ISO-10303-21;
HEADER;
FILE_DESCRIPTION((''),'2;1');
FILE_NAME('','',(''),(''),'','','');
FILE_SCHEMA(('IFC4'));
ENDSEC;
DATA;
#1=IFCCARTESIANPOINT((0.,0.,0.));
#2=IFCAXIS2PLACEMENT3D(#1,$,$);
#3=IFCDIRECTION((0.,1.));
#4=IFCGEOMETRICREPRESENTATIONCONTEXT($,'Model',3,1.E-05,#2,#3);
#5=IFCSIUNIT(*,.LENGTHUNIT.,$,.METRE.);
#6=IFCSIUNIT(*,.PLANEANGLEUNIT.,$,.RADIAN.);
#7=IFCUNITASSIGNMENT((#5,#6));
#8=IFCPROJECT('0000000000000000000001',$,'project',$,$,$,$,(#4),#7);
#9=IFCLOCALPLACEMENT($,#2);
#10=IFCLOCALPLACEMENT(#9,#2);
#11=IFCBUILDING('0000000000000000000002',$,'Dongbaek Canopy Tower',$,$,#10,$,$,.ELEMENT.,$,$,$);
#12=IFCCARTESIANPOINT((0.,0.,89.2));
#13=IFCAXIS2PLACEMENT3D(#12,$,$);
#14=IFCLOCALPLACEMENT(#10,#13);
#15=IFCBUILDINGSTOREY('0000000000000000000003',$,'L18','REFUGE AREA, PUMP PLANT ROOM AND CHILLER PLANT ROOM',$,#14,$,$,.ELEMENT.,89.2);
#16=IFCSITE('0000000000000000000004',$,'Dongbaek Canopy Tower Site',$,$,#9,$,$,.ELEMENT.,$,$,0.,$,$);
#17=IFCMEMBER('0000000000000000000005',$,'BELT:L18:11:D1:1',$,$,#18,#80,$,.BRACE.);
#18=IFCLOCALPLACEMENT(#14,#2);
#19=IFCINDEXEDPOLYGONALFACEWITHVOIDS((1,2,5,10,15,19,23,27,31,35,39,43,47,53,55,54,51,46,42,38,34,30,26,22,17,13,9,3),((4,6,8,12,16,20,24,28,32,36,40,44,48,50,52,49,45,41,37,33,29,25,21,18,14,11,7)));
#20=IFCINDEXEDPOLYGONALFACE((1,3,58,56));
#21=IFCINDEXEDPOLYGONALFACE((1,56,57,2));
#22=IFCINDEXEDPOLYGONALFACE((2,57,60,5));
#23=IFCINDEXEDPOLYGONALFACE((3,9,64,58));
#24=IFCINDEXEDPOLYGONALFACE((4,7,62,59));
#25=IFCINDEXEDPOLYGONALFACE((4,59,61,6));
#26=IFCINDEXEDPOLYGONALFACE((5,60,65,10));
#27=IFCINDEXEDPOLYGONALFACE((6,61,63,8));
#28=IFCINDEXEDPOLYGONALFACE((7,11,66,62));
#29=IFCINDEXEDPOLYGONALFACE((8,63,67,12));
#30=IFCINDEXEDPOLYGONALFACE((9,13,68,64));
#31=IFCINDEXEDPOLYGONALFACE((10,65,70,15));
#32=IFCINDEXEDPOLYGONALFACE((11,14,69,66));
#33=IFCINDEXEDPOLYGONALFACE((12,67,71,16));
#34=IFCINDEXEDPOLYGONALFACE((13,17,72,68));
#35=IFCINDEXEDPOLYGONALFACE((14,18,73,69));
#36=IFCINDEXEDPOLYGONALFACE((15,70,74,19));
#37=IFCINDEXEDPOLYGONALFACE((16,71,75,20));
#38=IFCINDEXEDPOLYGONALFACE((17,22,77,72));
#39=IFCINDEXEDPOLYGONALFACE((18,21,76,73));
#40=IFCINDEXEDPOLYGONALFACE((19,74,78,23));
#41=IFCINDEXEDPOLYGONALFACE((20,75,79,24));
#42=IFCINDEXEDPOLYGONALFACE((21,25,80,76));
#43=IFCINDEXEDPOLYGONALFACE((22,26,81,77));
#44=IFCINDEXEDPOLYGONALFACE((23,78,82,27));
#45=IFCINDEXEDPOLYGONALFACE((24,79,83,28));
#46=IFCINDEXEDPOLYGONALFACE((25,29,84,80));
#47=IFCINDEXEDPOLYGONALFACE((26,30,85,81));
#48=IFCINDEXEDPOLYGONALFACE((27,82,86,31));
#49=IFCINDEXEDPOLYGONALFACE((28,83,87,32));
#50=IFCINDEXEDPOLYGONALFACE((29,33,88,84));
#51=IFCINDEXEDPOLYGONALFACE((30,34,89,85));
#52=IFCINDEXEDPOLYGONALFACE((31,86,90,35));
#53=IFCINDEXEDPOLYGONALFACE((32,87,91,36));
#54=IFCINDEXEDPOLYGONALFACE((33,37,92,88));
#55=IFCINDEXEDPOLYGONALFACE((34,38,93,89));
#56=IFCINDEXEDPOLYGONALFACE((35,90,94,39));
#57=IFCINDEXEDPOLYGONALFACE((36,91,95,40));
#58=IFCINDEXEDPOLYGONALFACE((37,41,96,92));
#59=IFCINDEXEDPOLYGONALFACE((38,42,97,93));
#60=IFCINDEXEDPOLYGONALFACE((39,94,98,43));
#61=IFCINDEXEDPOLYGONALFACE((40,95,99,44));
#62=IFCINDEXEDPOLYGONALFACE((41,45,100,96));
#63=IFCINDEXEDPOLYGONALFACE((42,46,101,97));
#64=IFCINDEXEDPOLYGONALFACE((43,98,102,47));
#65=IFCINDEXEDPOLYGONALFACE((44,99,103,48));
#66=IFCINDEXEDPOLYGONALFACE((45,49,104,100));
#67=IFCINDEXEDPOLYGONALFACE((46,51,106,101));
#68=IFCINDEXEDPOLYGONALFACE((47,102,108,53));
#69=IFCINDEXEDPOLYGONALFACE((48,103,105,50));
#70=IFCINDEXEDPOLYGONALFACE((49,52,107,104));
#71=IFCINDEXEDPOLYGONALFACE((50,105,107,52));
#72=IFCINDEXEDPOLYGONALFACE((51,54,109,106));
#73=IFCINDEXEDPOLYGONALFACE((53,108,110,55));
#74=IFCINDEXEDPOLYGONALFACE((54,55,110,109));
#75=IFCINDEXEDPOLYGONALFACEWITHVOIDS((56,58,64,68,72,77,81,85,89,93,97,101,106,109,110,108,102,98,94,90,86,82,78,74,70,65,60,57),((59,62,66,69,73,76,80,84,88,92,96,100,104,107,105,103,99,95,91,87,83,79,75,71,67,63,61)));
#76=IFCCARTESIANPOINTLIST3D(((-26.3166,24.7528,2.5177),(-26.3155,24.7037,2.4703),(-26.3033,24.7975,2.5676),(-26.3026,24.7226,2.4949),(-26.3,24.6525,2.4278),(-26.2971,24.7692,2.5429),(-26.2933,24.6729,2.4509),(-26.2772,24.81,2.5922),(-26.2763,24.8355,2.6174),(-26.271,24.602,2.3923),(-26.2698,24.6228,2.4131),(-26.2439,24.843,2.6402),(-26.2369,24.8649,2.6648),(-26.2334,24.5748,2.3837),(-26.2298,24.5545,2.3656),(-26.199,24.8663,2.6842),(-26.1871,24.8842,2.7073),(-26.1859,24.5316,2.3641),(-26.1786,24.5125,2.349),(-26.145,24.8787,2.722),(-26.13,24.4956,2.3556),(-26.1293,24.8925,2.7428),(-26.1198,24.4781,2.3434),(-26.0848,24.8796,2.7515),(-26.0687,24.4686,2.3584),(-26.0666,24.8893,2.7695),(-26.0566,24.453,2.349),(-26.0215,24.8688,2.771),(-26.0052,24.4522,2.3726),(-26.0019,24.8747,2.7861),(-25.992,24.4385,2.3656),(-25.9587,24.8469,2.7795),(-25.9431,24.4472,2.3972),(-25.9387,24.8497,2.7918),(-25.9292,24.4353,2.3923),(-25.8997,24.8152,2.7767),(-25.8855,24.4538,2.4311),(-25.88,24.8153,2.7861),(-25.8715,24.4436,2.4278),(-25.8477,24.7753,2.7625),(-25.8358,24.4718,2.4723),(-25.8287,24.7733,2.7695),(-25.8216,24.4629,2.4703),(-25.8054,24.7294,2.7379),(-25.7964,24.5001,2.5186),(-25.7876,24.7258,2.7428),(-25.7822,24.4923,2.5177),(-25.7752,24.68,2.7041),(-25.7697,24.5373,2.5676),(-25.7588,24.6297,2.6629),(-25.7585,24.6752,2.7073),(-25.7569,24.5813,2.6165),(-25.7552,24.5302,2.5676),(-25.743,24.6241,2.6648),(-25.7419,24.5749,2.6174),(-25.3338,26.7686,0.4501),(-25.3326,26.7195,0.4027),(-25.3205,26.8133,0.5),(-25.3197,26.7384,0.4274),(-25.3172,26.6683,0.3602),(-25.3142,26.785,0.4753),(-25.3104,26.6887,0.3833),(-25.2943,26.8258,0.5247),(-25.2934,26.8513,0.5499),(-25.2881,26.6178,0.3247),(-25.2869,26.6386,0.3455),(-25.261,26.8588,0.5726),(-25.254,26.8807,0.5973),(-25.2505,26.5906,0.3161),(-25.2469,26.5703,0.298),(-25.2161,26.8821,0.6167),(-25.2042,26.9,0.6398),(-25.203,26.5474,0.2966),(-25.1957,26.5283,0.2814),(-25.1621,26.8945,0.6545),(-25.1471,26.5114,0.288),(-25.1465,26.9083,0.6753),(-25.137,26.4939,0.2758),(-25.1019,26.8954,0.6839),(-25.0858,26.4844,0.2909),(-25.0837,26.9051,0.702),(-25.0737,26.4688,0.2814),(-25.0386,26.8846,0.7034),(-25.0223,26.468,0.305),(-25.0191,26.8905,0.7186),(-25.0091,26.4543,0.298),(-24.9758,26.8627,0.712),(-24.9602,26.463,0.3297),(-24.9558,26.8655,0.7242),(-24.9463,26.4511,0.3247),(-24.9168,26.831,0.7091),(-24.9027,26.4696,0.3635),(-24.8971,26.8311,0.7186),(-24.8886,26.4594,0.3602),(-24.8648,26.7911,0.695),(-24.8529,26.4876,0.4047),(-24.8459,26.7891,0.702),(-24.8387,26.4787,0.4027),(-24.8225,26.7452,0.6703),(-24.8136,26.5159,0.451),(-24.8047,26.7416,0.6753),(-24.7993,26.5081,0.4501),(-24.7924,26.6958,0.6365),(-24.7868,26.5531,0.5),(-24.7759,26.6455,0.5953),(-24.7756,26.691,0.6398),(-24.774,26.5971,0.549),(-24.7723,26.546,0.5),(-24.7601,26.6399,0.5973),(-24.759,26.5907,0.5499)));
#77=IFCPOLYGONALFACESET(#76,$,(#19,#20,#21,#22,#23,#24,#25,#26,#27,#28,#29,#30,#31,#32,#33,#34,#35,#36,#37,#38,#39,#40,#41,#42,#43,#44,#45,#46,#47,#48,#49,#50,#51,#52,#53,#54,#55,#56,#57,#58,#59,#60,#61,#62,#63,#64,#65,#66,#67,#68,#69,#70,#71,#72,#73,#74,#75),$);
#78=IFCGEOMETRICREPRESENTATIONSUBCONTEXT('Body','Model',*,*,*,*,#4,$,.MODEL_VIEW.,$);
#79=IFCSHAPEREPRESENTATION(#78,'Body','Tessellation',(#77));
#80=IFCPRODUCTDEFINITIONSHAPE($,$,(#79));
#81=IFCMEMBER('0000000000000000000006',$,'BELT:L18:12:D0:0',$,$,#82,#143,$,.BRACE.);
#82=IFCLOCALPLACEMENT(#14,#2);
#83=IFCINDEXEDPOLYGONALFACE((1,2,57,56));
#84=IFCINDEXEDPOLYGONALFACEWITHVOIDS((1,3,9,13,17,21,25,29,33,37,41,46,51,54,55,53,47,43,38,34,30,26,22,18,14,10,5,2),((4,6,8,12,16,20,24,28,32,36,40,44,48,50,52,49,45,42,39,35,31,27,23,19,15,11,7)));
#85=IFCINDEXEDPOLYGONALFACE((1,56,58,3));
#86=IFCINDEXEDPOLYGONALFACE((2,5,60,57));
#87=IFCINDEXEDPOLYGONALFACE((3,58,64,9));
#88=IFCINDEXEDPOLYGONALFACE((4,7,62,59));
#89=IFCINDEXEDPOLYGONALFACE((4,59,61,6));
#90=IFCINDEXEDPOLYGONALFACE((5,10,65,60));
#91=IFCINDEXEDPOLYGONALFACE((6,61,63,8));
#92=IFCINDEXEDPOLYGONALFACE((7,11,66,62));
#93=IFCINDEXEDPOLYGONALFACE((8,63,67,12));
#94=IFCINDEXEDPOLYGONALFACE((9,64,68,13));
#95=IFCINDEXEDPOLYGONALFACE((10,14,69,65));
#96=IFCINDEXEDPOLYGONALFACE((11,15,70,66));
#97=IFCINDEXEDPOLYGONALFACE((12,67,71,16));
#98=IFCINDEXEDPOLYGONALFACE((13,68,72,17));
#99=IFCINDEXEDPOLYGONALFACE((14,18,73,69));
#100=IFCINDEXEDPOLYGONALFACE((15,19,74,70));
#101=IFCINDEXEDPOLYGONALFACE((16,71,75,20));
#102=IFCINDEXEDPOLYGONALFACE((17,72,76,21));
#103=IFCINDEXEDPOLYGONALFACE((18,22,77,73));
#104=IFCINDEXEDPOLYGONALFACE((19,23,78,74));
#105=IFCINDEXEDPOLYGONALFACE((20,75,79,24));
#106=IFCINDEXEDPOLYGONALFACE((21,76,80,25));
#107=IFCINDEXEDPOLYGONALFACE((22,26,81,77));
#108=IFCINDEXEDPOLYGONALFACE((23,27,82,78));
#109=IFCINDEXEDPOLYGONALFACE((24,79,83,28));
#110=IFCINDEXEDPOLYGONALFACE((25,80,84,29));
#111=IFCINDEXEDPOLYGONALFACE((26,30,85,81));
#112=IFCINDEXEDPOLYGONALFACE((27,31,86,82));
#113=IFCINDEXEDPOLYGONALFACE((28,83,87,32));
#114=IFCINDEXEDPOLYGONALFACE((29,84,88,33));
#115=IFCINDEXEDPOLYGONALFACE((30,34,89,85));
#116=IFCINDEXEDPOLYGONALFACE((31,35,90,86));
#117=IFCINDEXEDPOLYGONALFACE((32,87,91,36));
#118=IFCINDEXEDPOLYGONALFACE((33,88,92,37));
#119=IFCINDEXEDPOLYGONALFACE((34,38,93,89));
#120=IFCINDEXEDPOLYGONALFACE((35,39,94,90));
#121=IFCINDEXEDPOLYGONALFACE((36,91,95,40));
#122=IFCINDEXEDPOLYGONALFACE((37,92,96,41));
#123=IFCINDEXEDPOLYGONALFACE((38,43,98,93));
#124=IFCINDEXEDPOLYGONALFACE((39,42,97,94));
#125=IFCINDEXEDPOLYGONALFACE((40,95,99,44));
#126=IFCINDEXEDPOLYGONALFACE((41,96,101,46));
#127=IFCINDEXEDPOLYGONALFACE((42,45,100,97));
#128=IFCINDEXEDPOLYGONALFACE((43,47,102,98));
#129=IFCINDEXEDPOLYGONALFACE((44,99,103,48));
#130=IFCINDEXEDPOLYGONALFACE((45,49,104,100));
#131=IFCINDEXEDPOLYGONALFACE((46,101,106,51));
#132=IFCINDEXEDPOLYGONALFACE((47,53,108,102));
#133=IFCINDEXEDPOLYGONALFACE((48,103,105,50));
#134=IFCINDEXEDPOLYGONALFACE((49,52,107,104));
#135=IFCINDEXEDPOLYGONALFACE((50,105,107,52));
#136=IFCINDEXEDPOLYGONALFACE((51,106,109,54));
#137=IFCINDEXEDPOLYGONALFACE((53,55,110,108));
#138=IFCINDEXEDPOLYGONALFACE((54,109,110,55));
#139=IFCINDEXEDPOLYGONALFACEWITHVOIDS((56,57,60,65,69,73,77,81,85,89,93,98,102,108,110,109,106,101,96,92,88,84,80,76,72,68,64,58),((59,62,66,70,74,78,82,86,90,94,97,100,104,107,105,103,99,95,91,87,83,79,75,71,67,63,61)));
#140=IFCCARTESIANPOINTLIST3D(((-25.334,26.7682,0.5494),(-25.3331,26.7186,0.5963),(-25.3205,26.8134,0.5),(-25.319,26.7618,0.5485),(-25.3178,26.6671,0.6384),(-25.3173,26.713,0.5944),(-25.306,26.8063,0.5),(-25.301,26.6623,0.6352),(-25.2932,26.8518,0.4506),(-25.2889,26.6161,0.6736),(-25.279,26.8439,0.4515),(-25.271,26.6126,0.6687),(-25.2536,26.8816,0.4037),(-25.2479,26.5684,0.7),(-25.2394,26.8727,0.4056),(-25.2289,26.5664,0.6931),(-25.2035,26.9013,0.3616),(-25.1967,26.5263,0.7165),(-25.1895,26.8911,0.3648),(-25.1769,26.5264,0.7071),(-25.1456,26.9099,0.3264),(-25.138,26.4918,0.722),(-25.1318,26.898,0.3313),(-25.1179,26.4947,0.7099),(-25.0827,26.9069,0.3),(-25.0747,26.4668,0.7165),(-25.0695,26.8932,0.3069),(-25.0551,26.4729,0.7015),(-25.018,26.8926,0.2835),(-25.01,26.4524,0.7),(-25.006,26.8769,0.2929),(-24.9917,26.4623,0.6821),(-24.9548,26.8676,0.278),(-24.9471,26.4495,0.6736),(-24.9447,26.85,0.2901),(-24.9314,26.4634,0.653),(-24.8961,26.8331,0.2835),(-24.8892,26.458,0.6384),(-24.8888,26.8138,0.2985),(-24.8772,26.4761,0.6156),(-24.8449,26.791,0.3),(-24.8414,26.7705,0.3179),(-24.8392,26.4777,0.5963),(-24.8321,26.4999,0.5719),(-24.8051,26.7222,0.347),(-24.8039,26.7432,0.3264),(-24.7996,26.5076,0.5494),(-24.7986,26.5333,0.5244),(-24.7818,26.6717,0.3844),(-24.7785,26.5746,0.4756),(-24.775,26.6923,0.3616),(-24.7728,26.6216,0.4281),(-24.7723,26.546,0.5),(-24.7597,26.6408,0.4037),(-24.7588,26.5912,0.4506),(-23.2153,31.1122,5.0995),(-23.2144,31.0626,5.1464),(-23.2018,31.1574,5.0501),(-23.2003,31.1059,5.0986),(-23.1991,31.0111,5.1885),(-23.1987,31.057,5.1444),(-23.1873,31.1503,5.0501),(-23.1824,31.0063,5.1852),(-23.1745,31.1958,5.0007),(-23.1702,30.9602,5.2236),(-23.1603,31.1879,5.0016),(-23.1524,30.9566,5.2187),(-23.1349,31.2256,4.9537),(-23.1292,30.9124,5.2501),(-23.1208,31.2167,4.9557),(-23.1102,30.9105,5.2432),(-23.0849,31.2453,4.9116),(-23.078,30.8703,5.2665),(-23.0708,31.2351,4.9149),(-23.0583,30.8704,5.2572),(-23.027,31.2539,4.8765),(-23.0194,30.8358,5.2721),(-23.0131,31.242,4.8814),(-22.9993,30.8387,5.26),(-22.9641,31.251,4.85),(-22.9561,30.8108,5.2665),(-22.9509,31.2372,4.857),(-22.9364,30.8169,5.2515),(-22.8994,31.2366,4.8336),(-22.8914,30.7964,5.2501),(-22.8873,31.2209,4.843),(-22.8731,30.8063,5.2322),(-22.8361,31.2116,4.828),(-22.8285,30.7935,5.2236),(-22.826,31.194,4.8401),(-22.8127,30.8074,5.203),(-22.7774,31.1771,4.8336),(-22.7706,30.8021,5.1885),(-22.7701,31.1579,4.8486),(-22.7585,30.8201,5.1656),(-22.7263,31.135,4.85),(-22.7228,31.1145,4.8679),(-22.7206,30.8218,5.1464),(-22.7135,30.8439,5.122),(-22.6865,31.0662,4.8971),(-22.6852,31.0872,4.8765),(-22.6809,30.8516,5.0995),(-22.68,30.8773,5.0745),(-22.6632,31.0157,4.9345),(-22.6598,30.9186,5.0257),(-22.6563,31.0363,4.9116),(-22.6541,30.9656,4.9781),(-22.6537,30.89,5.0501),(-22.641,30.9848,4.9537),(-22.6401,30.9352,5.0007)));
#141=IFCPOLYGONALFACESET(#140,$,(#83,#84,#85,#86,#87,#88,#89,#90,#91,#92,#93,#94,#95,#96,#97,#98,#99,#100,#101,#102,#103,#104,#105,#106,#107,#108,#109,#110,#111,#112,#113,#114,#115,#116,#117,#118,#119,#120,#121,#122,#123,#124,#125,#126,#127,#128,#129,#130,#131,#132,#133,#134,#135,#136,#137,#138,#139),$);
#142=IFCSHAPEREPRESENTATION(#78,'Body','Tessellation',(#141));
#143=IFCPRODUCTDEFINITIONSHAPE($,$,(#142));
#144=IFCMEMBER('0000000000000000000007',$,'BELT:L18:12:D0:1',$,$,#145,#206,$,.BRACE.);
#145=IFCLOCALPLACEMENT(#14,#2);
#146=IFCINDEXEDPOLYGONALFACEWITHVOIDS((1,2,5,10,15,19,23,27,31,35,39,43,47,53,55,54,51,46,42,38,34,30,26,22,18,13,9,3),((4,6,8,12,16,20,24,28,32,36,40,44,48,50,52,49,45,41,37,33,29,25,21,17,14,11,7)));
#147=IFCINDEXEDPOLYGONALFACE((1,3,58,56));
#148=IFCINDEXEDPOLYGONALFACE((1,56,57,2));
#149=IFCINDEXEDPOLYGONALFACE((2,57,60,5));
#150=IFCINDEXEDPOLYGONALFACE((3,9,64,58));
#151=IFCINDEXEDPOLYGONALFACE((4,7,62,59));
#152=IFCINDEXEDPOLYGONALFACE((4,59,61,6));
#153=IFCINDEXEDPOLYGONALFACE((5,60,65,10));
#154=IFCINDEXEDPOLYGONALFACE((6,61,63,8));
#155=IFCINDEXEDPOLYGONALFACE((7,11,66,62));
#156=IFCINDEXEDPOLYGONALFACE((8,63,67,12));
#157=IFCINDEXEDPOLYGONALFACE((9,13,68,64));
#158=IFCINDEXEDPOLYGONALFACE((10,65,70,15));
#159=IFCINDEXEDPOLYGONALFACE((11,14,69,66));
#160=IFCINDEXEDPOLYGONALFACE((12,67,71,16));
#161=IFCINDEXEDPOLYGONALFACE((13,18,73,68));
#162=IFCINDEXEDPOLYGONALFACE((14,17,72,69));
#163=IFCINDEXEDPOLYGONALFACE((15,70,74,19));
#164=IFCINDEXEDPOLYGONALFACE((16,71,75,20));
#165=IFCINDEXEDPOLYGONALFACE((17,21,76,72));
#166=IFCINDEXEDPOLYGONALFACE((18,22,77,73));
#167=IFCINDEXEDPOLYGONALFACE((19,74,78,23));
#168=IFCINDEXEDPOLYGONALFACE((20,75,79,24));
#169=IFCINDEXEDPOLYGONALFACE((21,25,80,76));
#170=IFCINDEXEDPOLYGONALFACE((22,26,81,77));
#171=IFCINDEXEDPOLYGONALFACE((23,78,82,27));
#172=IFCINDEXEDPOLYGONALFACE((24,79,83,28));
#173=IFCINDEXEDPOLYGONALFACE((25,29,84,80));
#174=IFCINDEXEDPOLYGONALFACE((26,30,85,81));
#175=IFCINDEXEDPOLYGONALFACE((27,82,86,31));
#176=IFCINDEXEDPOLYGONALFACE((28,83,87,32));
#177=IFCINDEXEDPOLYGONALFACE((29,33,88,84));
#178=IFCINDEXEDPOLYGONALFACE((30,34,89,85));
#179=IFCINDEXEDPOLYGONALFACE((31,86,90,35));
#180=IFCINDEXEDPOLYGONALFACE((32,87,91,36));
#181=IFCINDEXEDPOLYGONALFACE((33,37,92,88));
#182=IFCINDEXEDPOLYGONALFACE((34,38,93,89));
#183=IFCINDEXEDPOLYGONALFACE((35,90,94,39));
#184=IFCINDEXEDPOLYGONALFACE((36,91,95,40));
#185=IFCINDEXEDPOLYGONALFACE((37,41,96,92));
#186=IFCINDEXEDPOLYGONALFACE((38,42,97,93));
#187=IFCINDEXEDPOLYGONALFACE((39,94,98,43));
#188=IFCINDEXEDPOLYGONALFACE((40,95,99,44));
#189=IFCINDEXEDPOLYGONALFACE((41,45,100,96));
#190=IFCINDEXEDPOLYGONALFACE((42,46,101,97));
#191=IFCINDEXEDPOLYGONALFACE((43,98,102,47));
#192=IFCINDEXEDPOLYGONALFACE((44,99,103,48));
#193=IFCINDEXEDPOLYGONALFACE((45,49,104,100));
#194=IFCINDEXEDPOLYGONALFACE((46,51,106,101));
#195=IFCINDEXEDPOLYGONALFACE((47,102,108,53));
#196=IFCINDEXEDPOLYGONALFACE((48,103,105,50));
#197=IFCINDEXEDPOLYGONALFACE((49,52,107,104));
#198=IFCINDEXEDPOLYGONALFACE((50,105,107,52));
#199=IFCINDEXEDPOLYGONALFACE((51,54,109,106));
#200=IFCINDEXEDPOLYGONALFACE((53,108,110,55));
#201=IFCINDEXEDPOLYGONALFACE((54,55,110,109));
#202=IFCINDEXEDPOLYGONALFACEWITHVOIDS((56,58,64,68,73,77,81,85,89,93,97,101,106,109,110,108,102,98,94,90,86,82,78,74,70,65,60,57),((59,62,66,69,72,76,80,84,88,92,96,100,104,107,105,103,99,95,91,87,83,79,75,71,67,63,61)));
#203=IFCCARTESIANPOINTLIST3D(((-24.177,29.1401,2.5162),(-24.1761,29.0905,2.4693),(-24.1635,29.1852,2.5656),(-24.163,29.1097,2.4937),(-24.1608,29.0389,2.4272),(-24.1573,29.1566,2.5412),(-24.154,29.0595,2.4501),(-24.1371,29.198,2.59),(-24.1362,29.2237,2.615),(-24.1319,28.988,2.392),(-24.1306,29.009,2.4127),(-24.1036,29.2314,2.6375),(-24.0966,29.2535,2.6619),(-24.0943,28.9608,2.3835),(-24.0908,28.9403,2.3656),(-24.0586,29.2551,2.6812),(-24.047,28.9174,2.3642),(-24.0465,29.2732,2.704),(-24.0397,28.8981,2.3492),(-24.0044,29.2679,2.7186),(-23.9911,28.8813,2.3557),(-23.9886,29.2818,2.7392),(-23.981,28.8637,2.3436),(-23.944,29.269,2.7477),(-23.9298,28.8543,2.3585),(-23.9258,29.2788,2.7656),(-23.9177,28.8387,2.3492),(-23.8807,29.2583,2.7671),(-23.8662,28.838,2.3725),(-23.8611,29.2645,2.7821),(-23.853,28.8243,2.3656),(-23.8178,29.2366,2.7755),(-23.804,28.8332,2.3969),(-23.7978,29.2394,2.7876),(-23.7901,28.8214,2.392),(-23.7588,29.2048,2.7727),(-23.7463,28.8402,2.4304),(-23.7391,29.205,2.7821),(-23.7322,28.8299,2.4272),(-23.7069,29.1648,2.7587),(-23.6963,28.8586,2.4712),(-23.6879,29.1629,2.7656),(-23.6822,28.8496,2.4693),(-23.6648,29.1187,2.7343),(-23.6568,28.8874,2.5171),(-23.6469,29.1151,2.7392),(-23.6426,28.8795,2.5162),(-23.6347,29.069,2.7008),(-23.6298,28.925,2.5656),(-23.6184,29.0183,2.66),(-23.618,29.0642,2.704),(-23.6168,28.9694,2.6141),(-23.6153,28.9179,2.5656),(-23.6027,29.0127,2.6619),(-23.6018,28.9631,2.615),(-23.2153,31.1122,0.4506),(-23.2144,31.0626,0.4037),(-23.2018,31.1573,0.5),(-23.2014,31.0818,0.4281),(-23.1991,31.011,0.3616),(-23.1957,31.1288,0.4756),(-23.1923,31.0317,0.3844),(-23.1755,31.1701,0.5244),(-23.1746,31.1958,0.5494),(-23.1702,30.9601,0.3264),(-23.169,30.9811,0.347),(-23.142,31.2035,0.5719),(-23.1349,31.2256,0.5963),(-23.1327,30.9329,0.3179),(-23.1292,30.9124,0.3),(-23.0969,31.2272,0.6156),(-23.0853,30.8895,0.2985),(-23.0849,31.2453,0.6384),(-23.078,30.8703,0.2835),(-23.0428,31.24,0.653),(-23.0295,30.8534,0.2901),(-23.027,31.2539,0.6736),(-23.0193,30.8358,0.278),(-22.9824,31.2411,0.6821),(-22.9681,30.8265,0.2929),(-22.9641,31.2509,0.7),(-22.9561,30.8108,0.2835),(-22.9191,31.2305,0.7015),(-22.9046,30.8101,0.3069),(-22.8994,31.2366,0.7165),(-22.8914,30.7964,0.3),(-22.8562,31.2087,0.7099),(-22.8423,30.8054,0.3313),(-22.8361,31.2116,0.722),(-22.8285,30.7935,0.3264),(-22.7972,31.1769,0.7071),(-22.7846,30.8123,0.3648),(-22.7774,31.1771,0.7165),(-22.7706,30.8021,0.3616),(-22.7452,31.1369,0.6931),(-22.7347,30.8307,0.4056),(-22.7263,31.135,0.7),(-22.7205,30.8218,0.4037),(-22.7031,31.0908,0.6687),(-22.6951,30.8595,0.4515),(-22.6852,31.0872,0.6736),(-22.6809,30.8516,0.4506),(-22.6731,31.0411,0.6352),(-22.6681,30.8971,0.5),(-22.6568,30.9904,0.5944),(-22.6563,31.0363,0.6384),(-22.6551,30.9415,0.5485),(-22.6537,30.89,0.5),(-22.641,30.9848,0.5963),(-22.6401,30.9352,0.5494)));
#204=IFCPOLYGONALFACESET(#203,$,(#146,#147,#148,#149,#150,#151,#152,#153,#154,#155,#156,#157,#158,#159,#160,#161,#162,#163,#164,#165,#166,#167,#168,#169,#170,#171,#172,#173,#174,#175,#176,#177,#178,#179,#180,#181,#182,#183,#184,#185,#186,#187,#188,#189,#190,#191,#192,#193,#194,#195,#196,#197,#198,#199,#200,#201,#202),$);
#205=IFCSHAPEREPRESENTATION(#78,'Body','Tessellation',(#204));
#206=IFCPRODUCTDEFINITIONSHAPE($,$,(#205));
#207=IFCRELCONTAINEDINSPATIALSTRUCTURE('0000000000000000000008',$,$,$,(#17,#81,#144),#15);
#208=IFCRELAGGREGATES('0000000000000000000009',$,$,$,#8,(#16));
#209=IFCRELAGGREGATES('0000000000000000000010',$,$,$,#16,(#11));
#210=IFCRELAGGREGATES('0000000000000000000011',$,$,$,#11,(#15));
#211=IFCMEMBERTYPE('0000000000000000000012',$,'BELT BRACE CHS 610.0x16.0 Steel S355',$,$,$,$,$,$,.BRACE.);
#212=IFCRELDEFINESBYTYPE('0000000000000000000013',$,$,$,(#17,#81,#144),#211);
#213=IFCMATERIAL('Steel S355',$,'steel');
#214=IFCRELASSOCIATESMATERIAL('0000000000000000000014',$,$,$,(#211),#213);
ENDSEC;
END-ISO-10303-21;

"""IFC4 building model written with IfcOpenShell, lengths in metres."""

from ifc_helpers import new_model, si_unit, direction, frame, origin, origin_2d, place, context, subcontext, project, spatial, hollow_circle, extrude, material, material_profile, profile_set, type_object, element, save


model = new_model("IFC4")

# Units and contexts
model_context = context("Model", 3, precision=1e-05, world=origin(), true_north=direction((0.0, 1.0)))
body_context = subcontext(model_context, "Body", "Model", "MODEL_VIEW")
ifc_project = project(units=[si_unit("LENGTHUNIT", "METRE"), si_unit("PLANEANGLEUNIT", "RADIAN")], contexts=[model_context])

# Site, building, storey
site_placement = place(None, origin())
site = spatial("IfcSite", under=ifc_project, at=site_placement, Name="Dongbaek Canopy Tower Site", CompositionType="ELEMENT", RefElevation=0.0)
building_placement = place(site_placement, origin())
building = spatial("IfcBuilding", under=site, at=building_placement, Name="Dongbaek Canopy Tower", CompositionType="ELEMENT")
storey_placement = place(building_placement, frame((0.0, 0.0, 89.2)))
storey = spatial("IfcBuildingStorey", under=building, at=storey_placement, Name="L18", Description="REFUGE AREA, PUMP PLANT ROOM AND CHILLER PLANT ROOM", CompositionType="ELEMENT", Elevation=89.2)

# Members
ifc_material_1 = material(Name="Steel S355", Category="steel")
ifc_material_profile_1 = material_profile(ifc_material_1, hollow_circle(Radius=0.3049, WallThickness=0.0161, at=origin_2d()), Name="BELT BRACE CHS 610.0x16.0 Steel S355")
ifc_profile_set_1 = profile_set([ifc_material_profile_1], Name="Steel S355")
member_type_1 = type_object("IfcMemberType", Name="BELT BRACE CHS 610.0x16.0 Steel S355", PredefinedType="BRACE", material=ifc_profile_set_1)
member_1_placement = place(storey_placement, frame((-25.0464, 26.6797, 0.5), z_axis=(-0.322224, -0.660855, 0.677822), x_axis=(0.898846, -0.438265, 0.0)))
element("IfcMember", 1, at=member_1_placement, inside=storey, type_object=member_type_1, Name="BELT:L18:11:D1:1", PredefinedType="BRACE", context=body_context, shape_type="SweptSolid", body=[
    extrude(hollow_circle(Radius=0.3049, WallThickness=0.0161, at=origin_2d()), origin(), (0.0, 0.0, 1.0), 3.0503),
])
member_2_placement = place(storey_placement, frame((-25.0464, 26.6797, 0.5), z_axis=(0.319174, 0.654421, 0.685464), x_axis=(-0.898799, 0.438362, 0.0)))
element("IfcMember", 2, at=member_2_placement, inside=storey, type_object=member_type_1, Name="BELT:L18:12:D0:0", PredefinedType="BRACE", context=body_context, shape_type="SweptSolid", body=[
    extrude(hollow_circle(Radius=0.3049, WallThickness=0.0161, at=origin_2d()), origin(), (0.0, 0.0, 1.0), 6.6379),
])
for number, where, z_axis, x_axis, name in (
    (3, (-22.9277, 31.0237, 0.5), (-0.319119, -0.654441, 0.68547), (0.898834, -0.43829, 0.0), "BELT:L18:12:D0:1"),
):
    element("IfcMember", number, at=place(storey_placement, frame(where, z_axis=z_axis, x_axis=x_axis)), inside=storey, type_object=member_type_1, Name=name, PredefinedType="BRACE", context=body_context, shape_type="SweptSolid", body=[
        extrude(hollow_circle(Radius=0.3049, WallThickness=0.0161, at=origin_2d()), origin(), (0.0, 0.0, 1.0), 3.0134),
    ])

save(model, "model.ifc")
